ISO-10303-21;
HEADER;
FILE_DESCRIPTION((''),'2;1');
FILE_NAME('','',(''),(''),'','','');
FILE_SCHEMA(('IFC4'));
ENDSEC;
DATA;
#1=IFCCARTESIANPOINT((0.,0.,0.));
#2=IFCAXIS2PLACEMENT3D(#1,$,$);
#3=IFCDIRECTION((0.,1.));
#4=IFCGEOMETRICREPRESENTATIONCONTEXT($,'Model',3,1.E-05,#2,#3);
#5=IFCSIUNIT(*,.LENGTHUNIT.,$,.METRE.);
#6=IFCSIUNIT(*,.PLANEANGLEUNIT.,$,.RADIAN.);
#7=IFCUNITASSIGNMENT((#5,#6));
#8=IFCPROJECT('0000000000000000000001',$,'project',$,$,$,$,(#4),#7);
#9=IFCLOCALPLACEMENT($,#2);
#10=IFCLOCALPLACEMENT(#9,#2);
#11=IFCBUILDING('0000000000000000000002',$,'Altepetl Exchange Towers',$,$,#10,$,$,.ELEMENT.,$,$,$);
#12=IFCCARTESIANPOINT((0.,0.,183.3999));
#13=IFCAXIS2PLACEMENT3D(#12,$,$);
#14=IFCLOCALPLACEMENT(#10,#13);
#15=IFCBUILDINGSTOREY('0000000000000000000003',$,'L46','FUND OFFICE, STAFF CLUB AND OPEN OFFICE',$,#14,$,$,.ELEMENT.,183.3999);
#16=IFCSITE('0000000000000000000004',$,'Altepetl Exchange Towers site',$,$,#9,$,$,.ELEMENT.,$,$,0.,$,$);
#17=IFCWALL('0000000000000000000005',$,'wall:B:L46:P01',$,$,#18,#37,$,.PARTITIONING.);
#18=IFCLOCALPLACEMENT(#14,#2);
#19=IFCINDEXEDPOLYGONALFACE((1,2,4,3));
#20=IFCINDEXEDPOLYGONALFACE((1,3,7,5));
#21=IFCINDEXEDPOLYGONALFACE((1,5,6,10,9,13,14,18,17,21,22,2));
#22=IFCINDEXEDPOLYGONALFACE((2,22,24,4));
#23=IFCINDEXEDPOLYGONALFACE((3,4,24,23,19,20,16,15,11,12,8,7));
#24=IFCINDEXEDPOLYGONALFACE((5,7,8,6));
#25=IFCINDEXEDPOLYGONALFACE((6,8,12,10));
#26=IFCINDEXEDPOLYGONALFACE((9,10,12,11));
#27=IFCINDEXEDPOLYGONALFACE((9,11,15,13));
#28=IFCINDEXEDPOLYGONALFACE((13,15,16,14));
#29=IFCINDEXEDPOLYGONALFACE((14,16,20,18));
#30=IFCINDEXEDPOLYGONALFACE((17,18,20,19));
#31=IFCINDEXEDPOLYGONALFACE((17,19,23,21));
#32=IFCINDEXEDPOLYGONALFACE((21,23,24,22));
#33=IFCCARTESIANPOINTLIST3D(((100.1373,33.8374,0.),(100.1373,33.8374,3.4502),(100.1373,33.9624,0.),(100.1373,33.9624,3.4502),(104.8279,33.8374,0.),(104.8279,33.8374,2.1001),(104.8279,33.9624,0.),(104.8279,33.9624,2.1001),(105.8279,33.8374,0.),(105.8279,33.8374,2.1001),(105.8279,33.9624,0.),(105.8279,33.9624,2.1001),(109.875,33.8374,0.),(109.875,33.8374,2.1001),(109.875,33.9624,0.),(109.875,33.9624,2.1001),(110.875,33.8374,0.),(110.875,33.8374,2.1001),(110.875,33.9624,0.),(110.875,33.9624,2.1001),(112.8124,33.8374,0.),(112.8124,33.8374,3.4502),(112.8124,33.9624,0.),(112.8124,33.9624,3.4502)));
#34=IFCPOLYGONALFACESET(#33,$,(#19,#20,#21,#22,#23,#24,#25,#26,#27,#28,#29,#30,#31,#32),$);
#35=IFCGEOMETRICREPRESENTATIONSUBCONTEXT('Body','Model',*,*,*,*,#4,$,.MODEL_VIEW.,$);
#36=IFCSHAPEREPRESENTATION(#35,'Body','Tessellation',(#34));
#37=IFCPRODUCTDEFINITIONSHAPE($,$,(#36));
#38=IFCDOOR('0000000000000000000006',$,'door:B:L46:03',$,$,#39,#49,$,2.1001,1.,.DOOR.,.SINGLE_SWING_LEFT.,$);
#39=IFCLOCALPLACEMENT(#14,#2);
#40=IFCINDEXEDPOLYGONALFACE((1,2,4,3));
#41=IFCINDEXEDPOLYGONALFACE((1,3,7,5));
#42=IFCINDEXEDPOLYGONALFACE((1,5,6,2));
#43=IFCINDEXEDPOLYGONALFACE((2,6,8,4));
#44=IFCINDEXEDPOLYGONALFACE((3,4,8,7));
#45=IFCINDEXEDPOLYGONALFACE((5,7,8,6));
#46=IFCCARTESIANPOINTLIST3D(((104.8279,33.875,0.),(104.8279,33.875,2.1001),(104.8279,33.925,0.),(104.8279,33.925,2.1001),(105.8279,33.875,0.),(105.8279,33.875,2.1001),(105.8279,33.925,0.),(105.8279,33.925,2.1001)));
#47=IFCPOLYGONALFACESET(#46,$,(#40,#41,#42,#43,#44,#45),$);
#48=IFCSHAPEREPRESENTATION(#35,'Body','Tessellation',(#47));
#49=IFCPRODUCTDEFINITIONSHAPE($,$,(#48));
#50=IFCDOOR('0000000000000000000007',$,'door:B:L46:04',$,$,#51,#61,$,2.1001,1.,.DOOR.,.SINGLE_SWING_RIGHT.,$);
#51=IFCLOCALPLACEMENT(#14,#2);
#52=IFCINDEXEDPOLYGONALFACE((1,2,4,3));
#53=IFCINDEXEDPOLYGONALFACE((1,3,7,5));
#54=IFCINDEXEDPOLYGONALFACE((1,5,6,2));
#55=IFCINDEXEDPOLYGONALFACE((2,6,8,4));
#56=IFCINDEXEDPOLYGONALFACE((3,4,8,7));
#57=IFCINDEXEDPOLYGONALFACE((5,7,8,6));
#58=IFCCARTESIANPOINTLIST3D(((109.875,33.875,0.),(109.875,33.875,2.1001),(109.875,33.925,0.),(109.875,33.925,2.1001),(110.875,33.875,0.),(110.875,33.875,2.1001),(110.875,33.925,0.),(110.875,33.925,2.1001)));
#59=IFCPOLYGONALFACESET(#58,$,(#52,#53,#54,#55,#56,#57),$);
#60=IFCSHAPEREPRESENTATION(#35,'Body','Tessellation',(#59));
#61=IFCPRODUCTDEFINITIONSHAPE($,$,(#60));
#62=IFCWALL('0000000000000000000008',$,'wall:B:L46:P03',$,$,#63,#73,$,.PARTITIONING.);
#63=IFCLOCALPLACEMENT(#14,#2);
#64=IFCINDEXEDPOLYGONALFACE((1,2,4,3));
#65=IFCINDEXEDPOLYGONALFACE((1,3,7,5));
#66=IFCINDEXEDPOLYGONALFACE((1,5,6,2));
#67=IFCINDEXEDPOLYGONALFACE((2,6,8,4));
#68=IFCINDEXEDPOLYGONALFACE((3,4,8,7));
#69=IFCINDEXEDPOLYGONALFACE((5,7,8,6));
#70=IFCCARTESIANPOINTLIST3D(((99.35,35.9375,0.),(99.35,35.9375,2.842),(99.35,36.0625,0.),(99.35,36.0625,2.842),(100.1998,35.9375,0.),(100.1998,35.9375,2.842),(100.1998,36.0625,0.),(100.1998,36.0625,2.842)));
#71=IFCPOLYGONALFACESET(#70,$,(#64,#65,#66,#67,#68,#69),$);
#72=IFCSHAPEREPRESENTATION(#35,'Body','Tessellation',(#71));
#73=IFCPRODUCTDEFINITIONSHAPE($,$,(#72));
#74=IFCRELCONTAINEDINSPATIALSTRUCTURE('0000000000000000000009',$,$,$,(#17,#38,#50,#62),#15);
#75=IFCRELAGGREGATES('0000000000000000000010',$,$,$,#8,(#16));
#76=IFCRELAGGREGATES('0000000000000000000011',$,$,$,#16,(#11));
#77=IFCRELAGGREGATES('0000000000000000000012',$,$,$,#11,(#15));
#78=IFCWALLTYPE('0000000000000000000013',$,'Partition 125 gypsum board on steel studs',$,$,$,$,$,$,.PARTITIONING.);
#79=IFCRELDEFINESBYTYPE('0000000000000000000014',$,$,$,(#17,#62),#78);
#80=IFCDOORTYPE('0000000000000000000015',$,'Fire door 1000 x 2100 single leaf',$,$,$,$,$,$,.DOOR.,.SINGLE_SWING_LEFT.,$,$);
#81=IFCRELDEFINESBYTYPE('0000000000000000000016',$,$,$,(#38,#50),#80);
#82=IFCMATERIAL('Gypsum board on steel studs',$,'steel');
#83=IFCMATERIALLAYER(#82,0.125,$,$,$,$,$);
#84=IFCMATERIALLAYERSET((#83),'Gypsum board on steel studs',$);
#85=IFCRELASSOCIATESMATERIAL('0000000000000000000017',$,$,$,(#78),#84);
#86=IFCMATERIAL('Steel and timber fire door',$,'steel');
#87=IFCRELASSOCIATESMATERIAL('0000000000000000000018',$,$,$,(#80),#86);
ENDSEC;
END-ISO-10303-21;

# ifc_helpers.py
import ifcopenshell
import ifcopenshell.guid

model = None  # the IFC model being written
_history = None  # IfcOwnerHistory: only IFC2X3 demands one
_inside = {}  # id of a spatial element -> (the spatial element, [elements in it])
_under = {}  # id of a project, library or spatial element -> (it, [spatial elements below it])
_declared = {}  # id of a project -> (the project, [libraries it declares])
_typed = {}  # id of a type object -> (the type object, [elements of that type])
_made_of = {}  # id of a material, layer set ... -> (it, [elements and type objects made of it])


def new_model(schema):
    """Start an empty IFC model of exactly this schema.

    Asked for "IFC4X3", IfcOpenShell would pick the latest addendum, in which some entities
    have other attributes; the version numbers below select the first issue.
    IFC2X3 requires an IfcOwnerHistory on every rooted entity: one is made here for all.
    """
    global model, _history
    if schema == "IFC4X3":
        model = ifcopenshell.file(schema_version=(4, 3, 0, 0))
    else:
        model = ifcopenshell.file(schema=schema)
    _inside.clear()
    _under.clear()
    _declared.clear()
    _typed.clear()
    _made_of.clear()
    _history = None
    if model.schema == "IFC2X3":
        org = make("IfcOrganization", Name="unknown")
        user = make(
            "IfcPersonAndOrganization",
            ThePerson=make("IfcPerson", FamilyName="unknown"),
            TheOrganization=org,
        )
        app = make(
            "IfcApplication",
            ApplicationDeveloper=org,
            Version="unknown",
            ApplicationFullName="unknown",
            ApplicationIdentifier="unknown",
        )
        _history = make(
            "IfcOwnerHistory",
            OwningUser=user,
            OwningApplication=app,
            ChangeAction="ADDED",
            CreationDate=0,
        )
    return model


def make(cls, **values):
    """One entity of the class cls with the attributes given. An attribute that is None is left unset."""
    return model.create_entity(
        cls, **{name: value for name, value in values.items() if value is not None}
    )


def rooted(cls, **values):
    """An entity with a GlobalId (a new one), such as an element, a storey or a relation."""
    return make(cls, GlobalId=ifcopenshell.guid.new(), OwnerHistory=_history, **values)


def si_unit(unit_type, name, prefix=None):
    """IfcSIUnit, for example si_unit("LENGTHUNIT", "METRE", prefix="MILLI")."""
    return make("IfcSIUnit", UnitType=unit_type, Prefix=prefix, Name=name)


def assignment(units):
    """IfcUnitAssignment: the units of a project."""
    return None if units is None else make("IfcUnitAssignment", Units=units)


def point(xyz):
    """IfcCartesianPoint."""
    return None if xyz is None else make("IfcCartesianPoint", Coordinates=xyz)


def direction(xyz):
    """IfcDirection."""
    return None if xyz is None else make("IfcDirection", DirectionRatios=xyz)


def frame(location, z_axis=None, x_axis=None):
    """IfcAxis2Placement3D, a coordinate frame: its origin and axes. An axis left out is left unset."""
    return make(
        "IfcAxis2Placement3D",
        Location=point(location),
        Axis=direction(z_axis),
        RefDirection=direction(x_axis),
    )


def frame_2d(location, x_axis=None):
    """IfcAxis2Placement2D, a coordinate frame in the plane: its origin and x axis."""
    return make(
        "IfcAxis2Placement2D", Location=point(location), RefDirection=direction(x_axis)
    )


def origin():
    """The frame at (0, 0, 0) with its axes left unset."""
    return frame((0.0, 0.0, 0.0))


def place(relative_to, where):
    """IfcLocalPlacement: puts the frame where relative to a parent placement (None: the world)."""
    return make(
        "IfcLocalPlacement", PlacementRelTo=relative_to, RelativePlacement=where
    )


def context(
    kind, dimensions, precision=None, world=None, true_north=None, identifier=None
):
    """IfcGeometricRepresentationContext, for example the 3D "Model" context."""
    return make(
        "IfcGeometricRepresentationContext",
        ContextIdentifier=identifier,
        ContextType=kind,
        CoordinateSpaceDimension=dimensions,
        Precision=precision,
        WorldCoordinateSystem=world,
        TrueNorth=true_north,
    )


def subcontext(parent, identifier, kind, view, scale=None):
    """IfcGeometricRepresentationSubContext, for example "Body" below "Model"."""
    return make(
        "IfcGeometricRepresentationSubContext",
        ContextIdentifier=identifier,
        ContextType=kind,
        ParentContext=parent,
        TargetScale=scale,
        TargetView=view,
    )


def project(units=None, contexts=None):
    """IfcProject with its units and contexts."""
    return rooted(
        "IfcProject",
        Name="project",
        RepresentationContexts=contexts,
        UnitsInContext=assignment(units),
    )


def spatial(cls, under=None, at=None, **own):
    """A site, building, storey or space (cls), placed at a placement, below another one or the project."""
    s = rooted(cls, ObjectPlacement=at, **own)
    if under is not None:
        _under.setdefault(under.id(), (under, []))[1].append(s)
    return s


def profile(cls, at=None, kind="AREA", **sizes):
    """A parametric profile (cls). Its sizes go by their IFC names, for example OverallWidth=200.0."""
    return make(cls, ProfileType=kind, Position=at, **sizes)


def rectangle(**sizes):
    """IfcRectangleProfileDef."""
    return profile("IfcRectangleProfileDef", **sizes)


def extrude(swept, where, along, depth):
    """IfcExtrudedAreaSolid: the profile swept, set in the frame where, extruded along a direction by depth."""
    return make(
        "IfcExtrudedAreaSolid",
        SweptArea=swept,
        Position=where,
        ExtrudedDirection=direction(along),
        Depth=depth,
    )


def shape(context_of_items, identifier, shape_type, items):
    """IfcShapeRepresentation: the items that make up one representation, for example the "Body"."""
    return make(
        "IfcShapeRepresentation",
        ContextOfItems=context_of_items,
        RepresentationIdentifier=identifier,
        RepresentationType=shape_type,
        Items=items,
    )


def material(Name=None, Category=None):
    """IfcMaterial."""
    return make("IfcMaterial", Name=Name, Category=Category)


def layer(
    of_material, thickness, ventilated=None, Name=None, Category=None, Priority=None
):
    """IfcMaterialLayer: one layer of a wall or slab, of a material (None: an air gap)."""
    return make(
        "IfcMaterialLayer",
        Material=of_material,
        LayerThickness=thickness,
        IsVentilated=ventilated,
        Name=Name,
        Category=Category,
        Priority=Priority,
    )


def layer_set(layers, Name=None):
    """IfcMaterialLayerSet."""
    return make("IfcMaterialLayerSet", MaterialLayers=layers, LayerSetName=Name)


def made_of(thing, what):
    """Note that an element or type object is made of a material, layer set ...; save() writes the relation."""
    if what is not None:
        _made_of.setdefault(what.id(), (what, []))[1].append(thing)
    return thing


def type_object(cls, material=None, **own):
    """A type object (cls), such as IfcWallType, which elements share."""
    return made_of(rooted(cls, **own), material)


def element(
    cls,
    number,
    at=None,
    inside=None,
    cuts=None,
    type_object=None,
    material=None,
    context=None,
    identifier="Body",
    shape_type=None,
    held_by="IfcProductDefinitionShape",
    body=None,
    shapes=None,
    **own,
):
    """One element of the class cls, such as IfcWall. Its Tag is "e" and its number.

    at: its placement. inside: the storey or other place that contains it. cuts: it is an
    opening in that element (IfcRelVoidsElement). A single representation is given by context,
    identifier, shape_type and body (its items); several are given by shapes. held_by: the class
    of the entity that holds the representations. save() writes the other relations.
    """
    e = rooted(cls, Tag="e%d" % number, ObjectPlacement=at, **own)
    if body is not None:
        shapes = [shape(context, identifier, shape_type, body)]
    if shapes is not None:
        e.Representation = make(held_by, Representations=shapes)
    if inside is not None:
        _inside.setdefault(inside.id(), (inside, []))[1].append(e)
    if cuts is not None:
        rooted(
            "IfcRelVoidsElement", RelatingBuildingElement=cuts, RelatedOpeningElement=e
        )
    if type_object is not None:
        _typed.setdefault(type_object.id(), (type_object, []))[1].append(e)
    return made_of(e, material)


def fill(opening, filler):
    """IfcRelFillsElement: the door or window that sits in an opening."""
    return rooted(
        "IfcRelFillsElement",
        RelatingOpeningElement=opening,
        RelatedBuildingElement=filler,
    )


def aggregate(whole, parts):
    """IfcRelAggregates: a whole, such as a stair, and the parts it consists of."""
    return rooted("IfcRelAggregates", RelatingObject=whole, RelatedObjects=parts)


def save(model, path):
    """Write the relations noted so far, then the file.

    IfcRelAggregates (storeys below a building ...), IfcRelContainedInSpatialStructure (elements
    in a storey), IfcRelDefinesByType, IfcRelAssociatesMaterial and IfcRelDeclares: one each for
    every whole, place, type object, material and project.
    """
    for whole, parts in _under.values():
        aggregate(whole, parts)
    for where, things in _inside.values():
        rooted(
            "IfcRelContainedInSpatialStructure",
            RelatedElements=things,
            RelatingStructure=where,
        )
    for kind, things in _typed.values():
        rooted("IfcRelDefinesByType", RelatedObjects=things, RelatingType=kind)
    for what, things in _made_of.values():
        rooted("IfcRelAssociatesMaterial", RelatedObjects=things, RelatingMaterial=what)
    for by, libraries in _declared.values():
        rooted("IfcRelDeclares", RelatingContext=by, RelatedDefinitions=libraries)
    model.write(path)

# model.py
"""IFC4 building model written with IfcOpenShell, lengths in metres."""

from ifc_helpers import new_model, si_unit, direction, frame, frame_2d, origin, place, context, subcontext, project, spatial, rectangle, extrude, material, layer, layer_set, type_object, element, fill, save


model = new_model("IFC4")

# Units and contexts
model_context = context("Model", 3, precision=1e-05, world=origin(), true_north=direction((0.0, 1.0)))
body_context = subcontext(model_context, "Body", "Model", "MODEL_VIEW")
ifc_project = project(units=[si_unit("LENGTHUNIT", "METRE"), si_unit("PLANEANGLEUNIT", "RADIAN")], contexts=[model_context])

# Site, building, storey
site_placement = place(None, origin())
site = spatial("IfcSite", under=ifc_project, at=site_placement, Name="Altepetl Exchange Towers site", CompositionType="ELEMENT", RefElevation=0.0)
building_placement = place(site_placement, origin())
building = spatial("IfcBuilding", under=site, at=building_placement, Name="Altepetl Exchange Towers", CompositionType="ELEMENT")
storey_placement = place(building_placement, frame((0.0, 0.0, 183.3999)))
storey = spatial("IfcBuildingStorey", under=building, at=storey_placement, Name="L46", Description="FUND OFFICE, STAFF CLUB AND OPEN OFFICE", CompositionType="ELEMENT", Elevation=183.3999)

# Wall, openings, doors
ifc_material_1 = material(Name="Gypsum board on steel studs", Category="steel")
ifc_layer_1 = layer(ifc_material_1, 0.125)
ifc_layer_set_1 = layer_set([ifc_layer_1], Name="Gypsum board on steel studs")
wall_type = type_object("IfcWallType", Name="Partition 125 gypsum board on steel studs", PredefinedType="PARTITIONING", material=ifc_layer_set_1)
wall_1_placement = place(storey_placement, frame((100.1375, 33.8999, 0.0)))
wall_1 = element("IfcWall", 1, at=wall_1_placement, inside=storey, type_object=wall_type, Name="wall:B:L46:P01", PredefinedType="PARTITIONING", context=body_context, shape_type="SweptSolid", body=[
    extrude(rectangle(XDim=12.675, YDim=0.125, at=frame_2d((6.3374, 0.0))), origin(), (0.0, 0.0, 1.0), 3.4502),
])
opening_1_placement = place(wall_1_placement, frame((4.6904, 0.0, 0.0)))
opening_1 = element("IfcOpeningElement", 2, at=opening_1_placement, cuts=wall_1, PredefinedType="OPENING", context=body_context, shape_type="SweptSolid", body=[
    extrude(rectangle(XDim=1.0, YDim=2.1001, at=frame_2d((0.5, 1.05))), frame((0.0, 0.0725, 0.0), z_axis=(0.0, -1.0, 0.0), x_axis=(1.0, 0.0, 0.0)), (0.0, 0.0, 1.0), 0.145),
])
opening_2_placement = place(wall_1_placement, frame((9.7375, 0.0, 0.0)))
opening_2 = element("IfcOpeningElement", 3, at=opening_2_placement, cuts=wall_1, PredefinedType="OPENING", context=body_context, shape_type="SweptSolid", body=[
    extrude(rectangle(XDim=1.0, YDim=2.1001, at=frame_2d((0.5, 1.05))), frame((0.0, 0.0725, 0.0), z_axis=(0.0, -1.0, 0.0), x_axis=(1.0, 0.0, 0.0)), (0.0, 0.0, 1.0), 0.145),
])
ifc_material_2 = material(Name="Steel and timber fire door", Category="steel")
door_type = type_object("IfcDoorType", Name="Fire door 1000 x 2100 single leaf", OperationType="SINGLE_SWING_LEFT", PredefinedType="DOOR", material=ifc_material_2)
door_1_placement = place(opening_1_placement, frame((1.0, 0.0, 0.0), x_axis=(-1.0, 0.0, 0.0)))
door_1 = element("IfcDoor", 4, at=door_1_placement, inside=storey, type_object=door_type, Name="door:B:L46:03", OperationType="SINGLE_SWING_LEFT", OverallHeight=2.1001, OverallWidth=1.0, PredefinedType="DOOR", context=body_context, shape_type="SweptSolid", body=[
    extrude(rectangle(XDim=1.0, YDim=2.1001, at=frame_2d((0.5, 1.05))), frame((0.0, 0.0249, 0.0), z_axis=(0.0, -1.0, 0.0), x_axis=(1.0, 0.0, 0.0)), (0.0, 0.0, 1.0), 0.05),
])
fill(opening_1, door_1)
door_2_placement = place(opening_2_placement, frame((1.0, 0.0, 0.0), x_axis=(-1.0, 0.0, 0.0)))
door_2 = element("IfcDoor", 5, at=door_2_placement, inside=storey, type_object=door_type, Name="door:B:L46:04", OperationType="SINGLE_SWING_RIGHT", OverallHeight=2.1001, OverallWidth=1.0, PredefinedType="DOOR", context=body_context, shape_type="SweptSolid", body=[
    extrude(rectangle(XDim=1.0, YDim=2.1001, at=frame_2d((0.5, 1.05))), frame((0.0, 0.0249, 0.0), z_axis=(0.0, -1.0, 0.0), x_axis=(1.0, 0.0, 0.0)), (0.0, 0.0, 1.0), 0.05),
])
fill(opening_2, door_2)

# Wall
wall_2_placement = place(storey_placement, frame((99.3501, 36.0, 0.0)))
element("IfcWall", 6, at=wall_2_placement, inside=storey, type_object=wall_type, Name="wall:B:L46:P03", PredefinedType="PARTITIONING", context=body_context, shape_type="SweptSolid", body=[
    extrude(rectangle(XDim=0.8499, YDim=0.125, at=frame_2d((0.4248, 0.0))), origin(), (0.0, 0.0, 1.0), 2.842),
])

save(model, "model.ifc")
